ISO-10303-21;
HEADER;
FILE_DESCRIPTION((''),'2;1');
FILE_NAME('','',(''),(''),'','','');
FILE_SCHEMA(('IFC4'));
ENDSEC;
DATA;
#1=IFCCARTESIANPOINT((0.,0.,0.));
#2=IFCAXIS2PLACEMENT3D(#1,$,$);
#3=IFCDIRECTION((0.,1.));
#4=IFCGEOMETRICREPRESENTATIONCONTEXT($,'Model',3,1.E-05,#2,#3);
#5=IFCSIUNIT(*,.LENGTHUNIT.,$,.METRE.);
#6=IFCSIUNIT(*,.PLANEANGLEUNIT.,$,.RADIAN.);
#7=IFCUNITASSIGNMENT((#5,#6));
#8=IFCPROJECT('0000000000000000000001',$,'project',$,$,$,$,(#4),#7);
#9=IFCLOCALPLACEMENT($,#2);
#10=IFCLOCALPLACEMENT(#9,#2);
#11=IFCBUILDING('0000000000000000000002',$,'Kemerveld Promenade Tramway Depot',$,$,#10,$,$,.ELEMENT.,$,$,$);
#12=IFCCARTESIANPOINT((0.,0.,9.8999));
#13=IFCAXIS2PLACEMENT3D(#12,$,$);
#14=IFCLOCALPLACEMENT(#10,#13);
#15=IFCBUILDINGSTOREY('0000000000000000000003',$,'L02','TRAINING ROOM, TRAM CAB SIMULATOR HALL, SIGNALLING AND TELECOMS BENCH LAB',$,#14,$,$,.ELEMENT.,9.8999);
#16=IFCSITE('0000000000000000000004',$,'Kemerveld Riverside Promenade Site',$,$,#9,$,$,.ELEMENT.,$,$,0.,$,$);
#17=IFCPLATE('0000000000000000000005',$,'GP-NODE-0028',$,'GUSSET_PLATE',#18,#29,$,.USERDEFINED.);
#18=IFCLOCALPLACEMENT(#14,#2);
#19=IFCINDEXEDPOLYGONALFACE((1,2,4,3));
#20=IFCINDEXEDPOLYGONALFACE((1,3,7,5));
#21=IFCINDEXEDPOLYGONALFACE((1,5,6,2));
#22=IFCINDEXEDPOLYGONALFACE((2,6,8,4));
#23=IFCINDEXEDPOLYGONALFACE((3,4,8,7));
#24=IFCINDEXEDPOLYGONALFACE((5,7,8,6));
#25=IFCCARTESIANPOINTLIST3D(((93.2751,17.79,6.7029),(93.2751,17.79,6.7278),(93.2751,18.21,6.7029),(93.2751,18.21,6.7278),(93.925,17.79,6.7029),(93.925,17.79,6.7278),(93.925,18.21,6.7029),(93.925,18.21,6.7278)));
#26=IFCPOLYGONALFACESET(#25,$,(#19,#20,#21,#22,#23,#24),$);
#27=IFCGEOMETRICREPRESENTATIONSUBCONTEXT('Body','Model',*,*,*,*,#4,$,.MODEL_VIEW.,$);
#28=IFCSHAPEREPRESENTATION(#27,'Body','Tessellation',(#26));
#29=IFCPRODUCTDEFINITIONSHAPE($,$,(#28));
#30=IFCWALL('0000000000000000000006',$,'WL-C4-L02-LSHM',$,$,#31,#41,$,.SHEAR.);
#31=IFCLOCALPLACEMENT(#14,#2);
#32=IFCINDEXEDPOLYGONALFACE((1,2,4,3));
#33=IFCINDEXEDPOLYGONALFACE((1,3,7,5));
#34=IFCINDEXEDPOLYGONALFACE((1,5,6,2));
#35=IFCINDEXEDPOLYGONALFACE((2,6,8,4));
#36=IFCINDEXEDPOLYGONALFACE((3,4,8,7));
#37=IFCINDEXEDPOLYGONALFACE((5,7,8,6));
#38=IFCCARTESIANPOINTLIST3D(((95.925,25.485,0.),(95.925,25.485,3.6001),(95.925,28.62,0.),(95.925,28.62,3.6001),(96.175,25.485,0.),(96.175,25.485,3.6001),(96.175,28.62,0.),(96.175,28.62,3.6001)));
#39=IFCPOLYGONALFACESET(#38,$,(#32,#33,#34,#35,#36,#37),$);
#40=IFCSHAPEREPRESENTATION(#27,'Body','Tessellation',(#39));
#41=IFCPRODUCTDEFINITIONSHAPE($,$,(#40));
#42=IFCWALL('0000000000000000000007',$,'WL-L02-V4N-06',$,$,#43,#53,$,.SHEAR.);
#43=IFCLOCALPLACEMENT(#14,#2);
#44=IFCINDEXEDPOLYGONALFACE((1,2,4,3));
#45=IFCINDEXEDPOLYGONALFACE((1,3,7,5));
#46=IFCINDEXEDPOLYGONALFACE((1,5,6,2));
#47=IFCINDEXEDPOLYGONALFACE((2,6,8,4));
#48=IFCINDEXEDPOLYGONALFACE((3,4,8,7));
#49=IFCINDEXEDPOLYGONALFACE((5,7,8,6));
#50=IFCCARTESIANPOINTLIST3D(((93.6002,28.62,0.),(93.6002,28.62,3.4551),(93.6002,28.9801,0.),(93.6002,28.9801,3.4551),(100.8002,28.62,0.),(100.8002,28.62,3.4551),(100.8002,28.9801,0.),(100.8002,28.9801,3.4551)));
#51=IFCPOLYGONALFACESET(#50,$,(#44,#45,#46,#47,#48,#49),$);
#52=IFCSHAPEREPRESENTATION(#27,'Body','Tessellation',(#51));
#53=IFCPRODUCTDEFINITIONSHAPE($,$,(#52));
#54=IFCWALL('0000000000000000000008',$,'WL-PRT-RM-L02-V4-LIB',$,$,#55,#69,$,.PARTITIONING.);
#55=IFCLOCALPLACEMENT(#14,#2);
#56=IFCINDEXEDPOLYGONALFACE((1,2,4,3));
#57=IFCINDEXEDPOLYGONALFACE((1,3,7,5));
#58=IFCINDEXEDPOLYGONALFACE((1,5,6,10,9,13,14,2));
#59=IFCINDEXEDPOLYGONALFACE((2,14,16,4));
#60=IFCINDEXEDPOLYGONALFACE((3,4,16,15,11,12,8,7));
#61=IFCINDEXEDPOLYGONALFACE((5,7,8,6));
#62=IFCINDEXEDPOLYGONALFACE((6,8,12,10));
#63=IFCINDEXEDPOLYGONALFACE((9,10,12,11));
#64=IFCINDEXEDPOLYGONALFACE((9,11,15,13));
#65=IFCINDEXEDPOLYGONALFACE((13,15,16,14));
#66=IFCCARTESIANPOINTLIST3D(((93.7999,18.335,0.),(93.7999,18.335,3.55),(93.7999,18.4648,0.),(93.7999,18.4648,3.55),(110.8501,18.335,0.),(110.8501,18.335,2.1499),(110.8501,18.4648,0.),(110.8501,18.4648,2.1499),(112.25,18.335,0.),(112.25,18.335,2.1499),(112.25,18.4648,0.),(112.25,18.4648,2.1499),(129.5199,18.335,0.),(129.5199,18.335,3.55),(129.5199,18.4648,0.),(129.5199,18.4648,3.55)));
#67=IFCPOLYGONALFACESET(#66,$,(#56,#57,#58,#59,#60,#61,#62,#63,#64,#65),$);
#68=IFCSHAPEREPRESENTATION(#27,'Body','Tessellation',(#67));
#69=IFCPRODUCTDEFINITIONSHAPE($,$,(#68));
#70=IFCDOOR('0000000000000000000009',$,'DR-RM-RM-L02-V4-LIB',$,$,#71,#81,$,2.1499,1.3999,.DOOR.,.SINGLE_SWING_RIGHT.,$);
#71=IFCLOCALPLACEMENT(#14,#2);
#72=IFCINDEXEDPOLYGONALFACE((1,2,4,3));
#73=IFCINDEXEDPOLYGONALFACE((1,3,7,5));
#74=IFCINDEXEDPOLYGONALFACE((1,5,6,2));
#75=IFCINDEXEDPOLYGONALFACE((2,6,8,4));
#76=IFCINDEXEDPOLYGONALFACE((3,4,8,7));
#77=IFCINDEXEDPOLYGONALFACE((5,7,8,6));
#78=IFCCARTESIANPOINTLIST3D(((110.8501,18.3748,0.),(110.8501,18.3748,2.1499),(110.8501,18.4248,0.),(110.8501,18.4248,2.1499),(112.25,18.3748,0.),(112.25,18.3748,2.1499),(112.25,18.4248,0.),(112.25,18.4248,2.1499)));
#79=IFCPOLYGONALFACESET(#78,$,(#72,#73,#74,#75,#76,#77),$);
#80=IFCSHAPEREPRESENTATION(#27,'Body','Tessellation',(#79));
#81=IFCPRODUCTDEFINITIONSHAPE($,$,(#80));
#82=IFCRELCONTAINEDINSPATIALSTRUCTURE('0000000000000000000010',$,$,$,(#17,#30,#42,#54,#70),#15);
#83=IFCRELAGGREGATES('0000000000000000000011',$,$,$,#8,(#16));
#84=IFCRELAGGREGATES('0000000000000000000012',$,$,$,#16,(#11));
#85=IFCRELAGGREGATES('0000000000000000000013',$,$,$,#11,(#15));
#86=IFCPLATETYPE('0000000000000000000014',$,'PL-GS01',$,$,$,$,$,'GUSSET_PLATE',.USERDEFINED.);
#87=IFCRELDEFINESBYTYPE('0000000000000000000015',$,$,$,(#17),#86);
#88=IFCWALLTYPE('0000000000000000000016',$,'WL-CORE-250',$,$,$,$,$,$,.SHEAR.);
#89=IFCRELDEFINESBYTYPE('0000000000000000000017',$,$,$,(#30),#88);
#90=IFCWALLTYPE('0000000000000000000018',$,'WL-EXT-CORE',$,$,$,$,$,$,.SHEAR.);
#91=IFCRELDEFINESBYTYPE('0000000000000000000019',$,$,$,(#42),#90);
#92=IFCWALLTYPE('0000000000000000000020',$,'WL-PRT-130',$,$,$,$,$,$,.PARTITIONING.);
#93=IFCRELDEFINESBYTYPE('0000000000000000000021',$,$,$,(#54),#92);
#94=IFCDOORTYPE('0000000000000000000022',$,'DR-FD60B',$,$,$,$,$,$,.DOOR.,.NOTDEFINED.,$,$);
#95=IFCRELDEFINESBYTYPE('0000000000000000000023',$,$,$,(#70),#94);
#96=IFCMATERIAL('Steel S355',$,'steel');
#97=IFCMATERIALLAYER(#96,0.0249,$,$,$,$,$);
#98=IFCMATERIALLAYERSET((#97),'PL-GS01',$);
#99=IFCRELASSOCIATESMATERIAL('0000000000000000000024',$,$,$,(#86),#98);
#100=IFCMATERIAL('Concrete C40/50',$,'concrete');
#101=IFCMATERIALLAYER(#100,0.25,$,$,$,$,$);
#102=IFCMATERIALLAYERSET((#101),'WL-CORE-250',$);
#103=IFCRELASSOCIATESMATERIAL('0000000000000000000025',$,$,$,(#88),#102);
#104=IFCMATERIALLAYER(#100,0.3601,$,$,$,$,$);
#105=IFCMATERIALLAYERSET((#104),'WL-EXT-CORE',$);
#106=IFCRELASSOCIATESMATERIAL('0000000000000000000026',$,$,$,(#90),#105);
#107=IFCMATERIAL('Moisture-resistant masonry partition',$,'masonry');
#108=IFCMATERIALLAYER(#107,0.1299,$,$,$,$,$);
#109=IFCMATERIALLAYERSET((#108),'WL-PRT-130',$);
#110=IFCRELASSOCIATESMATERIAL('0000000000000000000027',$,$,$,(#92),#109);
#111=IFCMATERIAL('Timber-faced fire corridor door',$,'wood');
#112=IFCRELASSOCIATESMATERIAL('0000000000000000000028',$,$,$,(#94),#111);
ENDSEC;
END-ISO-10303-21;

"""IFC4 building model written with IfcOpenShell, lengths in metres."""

from ifc_helpers import new_model, si_unit, direction, frame, frame_2d, origin, origin_2d, place, context, subcontext, project, spatial, rectangle, extrude, material, layer, layer_set, type_object, element, fill, save


model = new_model("IFC4")

# Units and contexts
model_context = context("Model", 3, precision=1e-05, world=origin(), true_north=direction((0.0, 1.0)))
body_context = subcontext(model_context, "Body", "Model", "MODEL_VIEW")
ifc_project = project(units=[si_unit("LENGTHUNIT", "METRE"), si_unit("PLANEANGLEUNIT", "RADIAN")], contexts=[model_context])

# Site, building, storey
site_placement = place(None, origin())
site = spatial("IfcSite", under=ifc_project, at=site_placement, Name="Kemerveld Riverside Promenade Site", CompositionType="ELEMENT", RefElevation=0.0)
building_placement = place(site_placement, origin())
building = spatial("IfcBuilding", under=site, at=building_placement, Name="Kemerveld Promenade Tramway Depot", CompositionType="ELEMENT")
storey_placement = place(building_placement, frame((0.0, 0.0, 9.8999)))
storey = spatial("IfcBuildingStorey", under=building, at=storey_placement, Name="L02", Description="TRAINING ROOM, TRAM CAB SIMULATOR HALL, SIGNALLING AND TELECOMS BENCH LAB", CompositionType="ELEMENT", Elevation=9.8999)

# Shared definitions
ifc_material_1 = material(Name="Steel S355", Category="steel")

# Shared definitions
ifc_material_2 = material(Name="Concrete C40/50", Category="concrete")

# Plate
ifc_layer_1 = layer(ifc_material_1, 0.0249)
ifc_layer_set_1 = layer_set([ifc_layer_1], Name="PL-GS01")
plate_type = type_object("IfcPlateType", Name="PL-GS01", ElementType="GUSSET_PLATE", PredefinedType="USERDEFINED", material=ifc_layer_set_1)
plate_placement = place(storey_placement, frame((93.6001, 18.0, 6.7029), z_axis=(0.0, 0.0, 1.0), x_axis=(1.0, 0.0, 0.0)))
element("IfcPlate", 1, at=plate_placement, inside=storey, type_object=plate_type, Name="GP-NODE-0028", ObjectType="GUSSET_PLATE", PredefinedType="USERDEFINED", context=body_context, shape_type="SweptSolid", body=[
    extrude(rectangle(XDim=0.6499, YDim=0.4199, at=origin_2d()), origin(), (0.0, 0.0, 1.0), 0.0249),
])

# Shared definitions
ifc_layer_2 = layer(ifc_material_2, 0.25)
ifc_layer_set_2 = layer_set([ifc_layer_2], Name="WL-CORE-250")
wall_type_1 = type_object("IfcWallType", Name="WL-CORE-250", PredefinedType="SHEAR", material=ifc_layer_set_2)

# Walls
wall_1_placement = place(storey_placement, frame((96.05, 25.4851, 0.0), z_axis=(0.0, 0.0, 1.0), x_axis=(0.0, 1.0, 0.0)))
element("IfcWall", 2, at=wall_1_placement, inside=storey, type_object=wall_type_1, Name="WL-C4-L02-LSHM", PredefinedType="SHEAR", context=body_context, shape_type="SweptSolid", body=[
    extrude(rectangle(XDim=3.135, YDim=0.25, at=frame_2d((1.5674, 0.0))), origin(), (0.0, 0.0, 1.0), 3.6001),
])
ifc_layer_3 = layer(ifc_material_2, 0.3601)
ifc_layer_set_3 = layer_set([ifc_layer_3], Name="WL-EXT-CORE")
wall_type_2 = type_object("IfcWallType", Name="WL-EXT-CORE", PredefinedType="SHEAR", material=ifc_layer_set_3)
wall_2_placement = place(storey_placement, frame((93.6001, 28.8, 0.0), z_axis=(0.0, 0.0, 1.0), x_axis=(1.0, 0.0, 0.0)))
element("IfcWall", 3, at=wall_2_placement, inside=storey, type_object=wall_type_2, Name="WL-L02-V4N-06", PredefinedType="SHEAR", context=body_context, shape_type="SweptSolid", body=[
    extrude(rectangle(XDim=7.2, YDim=0.3601, at=frame_2d((3.6001, 0.0))), origin(), (0.0, 0.0, 1.0), 3.4551),
])

# Wall, opening, door
ifc_material_3 = material(Name="Moisture-resistant masonry partition", Category="masonry")
ifc_layer_4 = layer(ifc_material_3, 0.1299)
ifc_layer_set_4 = layer_set([ifc_layer_4], Name="WL-PRT-130")
wall_type_3 = type_object("IfcWallType", Name="WL-PRT-130", PredefinedType="PARTITIONING", material=ifc_layer_set_4)
wall_3_placement = place(storey_placement, frame((93.8, 18.3999, 0.0), z_axis=(0.0, 0.0, 1.0), x_axis=(1.0, 0.0, 0.0)))
wall_3 = element("IfcWall", 4, at=wall_3_placement, inside=storey, type_object=wall_type_3, Name="WL-PRT-RM-L02-V4-LIB", PredefinedType="PARTITIONING", context=body_context, shape_type="SweptSolid", body=[
    extrude(rectangle(XDim=35.72, YDim=0.1299, at=frame_2d((17.8599, 0.0))), origin(), (0.0, 0.0, 1.0), 3.55),
])
opening_1_placement = place(wall_3_placement, frame((17.05, 0.0, 0.0)))
opening_1 = element("IfcOpeningElement", 5, at=opening_1_placement, cuts=wall_3, PredefinedType="OPENING", context=body_context, shape_type="SweptSolid", body=[
    extrude(rectangle(XDim=1.3999, YDim=2.1499, at=frame_2d((0.7, 1.075))), frame((0.0, 0.075, 0.0), z_axis=(0.0, -1.0, 0.0), x_axis=(1.0, 0.0, 0.0)), (0.0, 0.0, 1.0), 0.1499),
])
ifc_material_4 = material(Name="Timber-faced fire corridor door", Category="wood")
door_type_1 = type_object("IfcDoorType", Name="DR-FD60B", OperationType="NOTDEFINED", PredefinedType="DOOR", material=ifc_material_4)
door_1_placement = place(opening_1_placement, origin())
door_1 = element("IfcDoor", 6, at=door_1_placement, inside=storey, type_object=door_type_1, Name="DR-RM-RM-L02-V4-LIB", OperationType="SINGLE_SWING_RIGHT", OverallHeight=2.1499, OverallWidth=1.3999, PredefinedType="DOOR", context=body_context, shape_type="SweptSolid", body=[
    extrude(rectangle(XDim=1.3999, YDim=2.1499, at=frame_2d((0.7, 1.075))), frame((0.0, 0.0249, 0.0), z_axis=(0.0, -1.0, 0.0), x_axis=(1.0, 0.0, 0.0)), (0.0, 0.0, 1.0), 0.05),
])
fill(opening_1, door_1)

save(model, "model.ifc")
